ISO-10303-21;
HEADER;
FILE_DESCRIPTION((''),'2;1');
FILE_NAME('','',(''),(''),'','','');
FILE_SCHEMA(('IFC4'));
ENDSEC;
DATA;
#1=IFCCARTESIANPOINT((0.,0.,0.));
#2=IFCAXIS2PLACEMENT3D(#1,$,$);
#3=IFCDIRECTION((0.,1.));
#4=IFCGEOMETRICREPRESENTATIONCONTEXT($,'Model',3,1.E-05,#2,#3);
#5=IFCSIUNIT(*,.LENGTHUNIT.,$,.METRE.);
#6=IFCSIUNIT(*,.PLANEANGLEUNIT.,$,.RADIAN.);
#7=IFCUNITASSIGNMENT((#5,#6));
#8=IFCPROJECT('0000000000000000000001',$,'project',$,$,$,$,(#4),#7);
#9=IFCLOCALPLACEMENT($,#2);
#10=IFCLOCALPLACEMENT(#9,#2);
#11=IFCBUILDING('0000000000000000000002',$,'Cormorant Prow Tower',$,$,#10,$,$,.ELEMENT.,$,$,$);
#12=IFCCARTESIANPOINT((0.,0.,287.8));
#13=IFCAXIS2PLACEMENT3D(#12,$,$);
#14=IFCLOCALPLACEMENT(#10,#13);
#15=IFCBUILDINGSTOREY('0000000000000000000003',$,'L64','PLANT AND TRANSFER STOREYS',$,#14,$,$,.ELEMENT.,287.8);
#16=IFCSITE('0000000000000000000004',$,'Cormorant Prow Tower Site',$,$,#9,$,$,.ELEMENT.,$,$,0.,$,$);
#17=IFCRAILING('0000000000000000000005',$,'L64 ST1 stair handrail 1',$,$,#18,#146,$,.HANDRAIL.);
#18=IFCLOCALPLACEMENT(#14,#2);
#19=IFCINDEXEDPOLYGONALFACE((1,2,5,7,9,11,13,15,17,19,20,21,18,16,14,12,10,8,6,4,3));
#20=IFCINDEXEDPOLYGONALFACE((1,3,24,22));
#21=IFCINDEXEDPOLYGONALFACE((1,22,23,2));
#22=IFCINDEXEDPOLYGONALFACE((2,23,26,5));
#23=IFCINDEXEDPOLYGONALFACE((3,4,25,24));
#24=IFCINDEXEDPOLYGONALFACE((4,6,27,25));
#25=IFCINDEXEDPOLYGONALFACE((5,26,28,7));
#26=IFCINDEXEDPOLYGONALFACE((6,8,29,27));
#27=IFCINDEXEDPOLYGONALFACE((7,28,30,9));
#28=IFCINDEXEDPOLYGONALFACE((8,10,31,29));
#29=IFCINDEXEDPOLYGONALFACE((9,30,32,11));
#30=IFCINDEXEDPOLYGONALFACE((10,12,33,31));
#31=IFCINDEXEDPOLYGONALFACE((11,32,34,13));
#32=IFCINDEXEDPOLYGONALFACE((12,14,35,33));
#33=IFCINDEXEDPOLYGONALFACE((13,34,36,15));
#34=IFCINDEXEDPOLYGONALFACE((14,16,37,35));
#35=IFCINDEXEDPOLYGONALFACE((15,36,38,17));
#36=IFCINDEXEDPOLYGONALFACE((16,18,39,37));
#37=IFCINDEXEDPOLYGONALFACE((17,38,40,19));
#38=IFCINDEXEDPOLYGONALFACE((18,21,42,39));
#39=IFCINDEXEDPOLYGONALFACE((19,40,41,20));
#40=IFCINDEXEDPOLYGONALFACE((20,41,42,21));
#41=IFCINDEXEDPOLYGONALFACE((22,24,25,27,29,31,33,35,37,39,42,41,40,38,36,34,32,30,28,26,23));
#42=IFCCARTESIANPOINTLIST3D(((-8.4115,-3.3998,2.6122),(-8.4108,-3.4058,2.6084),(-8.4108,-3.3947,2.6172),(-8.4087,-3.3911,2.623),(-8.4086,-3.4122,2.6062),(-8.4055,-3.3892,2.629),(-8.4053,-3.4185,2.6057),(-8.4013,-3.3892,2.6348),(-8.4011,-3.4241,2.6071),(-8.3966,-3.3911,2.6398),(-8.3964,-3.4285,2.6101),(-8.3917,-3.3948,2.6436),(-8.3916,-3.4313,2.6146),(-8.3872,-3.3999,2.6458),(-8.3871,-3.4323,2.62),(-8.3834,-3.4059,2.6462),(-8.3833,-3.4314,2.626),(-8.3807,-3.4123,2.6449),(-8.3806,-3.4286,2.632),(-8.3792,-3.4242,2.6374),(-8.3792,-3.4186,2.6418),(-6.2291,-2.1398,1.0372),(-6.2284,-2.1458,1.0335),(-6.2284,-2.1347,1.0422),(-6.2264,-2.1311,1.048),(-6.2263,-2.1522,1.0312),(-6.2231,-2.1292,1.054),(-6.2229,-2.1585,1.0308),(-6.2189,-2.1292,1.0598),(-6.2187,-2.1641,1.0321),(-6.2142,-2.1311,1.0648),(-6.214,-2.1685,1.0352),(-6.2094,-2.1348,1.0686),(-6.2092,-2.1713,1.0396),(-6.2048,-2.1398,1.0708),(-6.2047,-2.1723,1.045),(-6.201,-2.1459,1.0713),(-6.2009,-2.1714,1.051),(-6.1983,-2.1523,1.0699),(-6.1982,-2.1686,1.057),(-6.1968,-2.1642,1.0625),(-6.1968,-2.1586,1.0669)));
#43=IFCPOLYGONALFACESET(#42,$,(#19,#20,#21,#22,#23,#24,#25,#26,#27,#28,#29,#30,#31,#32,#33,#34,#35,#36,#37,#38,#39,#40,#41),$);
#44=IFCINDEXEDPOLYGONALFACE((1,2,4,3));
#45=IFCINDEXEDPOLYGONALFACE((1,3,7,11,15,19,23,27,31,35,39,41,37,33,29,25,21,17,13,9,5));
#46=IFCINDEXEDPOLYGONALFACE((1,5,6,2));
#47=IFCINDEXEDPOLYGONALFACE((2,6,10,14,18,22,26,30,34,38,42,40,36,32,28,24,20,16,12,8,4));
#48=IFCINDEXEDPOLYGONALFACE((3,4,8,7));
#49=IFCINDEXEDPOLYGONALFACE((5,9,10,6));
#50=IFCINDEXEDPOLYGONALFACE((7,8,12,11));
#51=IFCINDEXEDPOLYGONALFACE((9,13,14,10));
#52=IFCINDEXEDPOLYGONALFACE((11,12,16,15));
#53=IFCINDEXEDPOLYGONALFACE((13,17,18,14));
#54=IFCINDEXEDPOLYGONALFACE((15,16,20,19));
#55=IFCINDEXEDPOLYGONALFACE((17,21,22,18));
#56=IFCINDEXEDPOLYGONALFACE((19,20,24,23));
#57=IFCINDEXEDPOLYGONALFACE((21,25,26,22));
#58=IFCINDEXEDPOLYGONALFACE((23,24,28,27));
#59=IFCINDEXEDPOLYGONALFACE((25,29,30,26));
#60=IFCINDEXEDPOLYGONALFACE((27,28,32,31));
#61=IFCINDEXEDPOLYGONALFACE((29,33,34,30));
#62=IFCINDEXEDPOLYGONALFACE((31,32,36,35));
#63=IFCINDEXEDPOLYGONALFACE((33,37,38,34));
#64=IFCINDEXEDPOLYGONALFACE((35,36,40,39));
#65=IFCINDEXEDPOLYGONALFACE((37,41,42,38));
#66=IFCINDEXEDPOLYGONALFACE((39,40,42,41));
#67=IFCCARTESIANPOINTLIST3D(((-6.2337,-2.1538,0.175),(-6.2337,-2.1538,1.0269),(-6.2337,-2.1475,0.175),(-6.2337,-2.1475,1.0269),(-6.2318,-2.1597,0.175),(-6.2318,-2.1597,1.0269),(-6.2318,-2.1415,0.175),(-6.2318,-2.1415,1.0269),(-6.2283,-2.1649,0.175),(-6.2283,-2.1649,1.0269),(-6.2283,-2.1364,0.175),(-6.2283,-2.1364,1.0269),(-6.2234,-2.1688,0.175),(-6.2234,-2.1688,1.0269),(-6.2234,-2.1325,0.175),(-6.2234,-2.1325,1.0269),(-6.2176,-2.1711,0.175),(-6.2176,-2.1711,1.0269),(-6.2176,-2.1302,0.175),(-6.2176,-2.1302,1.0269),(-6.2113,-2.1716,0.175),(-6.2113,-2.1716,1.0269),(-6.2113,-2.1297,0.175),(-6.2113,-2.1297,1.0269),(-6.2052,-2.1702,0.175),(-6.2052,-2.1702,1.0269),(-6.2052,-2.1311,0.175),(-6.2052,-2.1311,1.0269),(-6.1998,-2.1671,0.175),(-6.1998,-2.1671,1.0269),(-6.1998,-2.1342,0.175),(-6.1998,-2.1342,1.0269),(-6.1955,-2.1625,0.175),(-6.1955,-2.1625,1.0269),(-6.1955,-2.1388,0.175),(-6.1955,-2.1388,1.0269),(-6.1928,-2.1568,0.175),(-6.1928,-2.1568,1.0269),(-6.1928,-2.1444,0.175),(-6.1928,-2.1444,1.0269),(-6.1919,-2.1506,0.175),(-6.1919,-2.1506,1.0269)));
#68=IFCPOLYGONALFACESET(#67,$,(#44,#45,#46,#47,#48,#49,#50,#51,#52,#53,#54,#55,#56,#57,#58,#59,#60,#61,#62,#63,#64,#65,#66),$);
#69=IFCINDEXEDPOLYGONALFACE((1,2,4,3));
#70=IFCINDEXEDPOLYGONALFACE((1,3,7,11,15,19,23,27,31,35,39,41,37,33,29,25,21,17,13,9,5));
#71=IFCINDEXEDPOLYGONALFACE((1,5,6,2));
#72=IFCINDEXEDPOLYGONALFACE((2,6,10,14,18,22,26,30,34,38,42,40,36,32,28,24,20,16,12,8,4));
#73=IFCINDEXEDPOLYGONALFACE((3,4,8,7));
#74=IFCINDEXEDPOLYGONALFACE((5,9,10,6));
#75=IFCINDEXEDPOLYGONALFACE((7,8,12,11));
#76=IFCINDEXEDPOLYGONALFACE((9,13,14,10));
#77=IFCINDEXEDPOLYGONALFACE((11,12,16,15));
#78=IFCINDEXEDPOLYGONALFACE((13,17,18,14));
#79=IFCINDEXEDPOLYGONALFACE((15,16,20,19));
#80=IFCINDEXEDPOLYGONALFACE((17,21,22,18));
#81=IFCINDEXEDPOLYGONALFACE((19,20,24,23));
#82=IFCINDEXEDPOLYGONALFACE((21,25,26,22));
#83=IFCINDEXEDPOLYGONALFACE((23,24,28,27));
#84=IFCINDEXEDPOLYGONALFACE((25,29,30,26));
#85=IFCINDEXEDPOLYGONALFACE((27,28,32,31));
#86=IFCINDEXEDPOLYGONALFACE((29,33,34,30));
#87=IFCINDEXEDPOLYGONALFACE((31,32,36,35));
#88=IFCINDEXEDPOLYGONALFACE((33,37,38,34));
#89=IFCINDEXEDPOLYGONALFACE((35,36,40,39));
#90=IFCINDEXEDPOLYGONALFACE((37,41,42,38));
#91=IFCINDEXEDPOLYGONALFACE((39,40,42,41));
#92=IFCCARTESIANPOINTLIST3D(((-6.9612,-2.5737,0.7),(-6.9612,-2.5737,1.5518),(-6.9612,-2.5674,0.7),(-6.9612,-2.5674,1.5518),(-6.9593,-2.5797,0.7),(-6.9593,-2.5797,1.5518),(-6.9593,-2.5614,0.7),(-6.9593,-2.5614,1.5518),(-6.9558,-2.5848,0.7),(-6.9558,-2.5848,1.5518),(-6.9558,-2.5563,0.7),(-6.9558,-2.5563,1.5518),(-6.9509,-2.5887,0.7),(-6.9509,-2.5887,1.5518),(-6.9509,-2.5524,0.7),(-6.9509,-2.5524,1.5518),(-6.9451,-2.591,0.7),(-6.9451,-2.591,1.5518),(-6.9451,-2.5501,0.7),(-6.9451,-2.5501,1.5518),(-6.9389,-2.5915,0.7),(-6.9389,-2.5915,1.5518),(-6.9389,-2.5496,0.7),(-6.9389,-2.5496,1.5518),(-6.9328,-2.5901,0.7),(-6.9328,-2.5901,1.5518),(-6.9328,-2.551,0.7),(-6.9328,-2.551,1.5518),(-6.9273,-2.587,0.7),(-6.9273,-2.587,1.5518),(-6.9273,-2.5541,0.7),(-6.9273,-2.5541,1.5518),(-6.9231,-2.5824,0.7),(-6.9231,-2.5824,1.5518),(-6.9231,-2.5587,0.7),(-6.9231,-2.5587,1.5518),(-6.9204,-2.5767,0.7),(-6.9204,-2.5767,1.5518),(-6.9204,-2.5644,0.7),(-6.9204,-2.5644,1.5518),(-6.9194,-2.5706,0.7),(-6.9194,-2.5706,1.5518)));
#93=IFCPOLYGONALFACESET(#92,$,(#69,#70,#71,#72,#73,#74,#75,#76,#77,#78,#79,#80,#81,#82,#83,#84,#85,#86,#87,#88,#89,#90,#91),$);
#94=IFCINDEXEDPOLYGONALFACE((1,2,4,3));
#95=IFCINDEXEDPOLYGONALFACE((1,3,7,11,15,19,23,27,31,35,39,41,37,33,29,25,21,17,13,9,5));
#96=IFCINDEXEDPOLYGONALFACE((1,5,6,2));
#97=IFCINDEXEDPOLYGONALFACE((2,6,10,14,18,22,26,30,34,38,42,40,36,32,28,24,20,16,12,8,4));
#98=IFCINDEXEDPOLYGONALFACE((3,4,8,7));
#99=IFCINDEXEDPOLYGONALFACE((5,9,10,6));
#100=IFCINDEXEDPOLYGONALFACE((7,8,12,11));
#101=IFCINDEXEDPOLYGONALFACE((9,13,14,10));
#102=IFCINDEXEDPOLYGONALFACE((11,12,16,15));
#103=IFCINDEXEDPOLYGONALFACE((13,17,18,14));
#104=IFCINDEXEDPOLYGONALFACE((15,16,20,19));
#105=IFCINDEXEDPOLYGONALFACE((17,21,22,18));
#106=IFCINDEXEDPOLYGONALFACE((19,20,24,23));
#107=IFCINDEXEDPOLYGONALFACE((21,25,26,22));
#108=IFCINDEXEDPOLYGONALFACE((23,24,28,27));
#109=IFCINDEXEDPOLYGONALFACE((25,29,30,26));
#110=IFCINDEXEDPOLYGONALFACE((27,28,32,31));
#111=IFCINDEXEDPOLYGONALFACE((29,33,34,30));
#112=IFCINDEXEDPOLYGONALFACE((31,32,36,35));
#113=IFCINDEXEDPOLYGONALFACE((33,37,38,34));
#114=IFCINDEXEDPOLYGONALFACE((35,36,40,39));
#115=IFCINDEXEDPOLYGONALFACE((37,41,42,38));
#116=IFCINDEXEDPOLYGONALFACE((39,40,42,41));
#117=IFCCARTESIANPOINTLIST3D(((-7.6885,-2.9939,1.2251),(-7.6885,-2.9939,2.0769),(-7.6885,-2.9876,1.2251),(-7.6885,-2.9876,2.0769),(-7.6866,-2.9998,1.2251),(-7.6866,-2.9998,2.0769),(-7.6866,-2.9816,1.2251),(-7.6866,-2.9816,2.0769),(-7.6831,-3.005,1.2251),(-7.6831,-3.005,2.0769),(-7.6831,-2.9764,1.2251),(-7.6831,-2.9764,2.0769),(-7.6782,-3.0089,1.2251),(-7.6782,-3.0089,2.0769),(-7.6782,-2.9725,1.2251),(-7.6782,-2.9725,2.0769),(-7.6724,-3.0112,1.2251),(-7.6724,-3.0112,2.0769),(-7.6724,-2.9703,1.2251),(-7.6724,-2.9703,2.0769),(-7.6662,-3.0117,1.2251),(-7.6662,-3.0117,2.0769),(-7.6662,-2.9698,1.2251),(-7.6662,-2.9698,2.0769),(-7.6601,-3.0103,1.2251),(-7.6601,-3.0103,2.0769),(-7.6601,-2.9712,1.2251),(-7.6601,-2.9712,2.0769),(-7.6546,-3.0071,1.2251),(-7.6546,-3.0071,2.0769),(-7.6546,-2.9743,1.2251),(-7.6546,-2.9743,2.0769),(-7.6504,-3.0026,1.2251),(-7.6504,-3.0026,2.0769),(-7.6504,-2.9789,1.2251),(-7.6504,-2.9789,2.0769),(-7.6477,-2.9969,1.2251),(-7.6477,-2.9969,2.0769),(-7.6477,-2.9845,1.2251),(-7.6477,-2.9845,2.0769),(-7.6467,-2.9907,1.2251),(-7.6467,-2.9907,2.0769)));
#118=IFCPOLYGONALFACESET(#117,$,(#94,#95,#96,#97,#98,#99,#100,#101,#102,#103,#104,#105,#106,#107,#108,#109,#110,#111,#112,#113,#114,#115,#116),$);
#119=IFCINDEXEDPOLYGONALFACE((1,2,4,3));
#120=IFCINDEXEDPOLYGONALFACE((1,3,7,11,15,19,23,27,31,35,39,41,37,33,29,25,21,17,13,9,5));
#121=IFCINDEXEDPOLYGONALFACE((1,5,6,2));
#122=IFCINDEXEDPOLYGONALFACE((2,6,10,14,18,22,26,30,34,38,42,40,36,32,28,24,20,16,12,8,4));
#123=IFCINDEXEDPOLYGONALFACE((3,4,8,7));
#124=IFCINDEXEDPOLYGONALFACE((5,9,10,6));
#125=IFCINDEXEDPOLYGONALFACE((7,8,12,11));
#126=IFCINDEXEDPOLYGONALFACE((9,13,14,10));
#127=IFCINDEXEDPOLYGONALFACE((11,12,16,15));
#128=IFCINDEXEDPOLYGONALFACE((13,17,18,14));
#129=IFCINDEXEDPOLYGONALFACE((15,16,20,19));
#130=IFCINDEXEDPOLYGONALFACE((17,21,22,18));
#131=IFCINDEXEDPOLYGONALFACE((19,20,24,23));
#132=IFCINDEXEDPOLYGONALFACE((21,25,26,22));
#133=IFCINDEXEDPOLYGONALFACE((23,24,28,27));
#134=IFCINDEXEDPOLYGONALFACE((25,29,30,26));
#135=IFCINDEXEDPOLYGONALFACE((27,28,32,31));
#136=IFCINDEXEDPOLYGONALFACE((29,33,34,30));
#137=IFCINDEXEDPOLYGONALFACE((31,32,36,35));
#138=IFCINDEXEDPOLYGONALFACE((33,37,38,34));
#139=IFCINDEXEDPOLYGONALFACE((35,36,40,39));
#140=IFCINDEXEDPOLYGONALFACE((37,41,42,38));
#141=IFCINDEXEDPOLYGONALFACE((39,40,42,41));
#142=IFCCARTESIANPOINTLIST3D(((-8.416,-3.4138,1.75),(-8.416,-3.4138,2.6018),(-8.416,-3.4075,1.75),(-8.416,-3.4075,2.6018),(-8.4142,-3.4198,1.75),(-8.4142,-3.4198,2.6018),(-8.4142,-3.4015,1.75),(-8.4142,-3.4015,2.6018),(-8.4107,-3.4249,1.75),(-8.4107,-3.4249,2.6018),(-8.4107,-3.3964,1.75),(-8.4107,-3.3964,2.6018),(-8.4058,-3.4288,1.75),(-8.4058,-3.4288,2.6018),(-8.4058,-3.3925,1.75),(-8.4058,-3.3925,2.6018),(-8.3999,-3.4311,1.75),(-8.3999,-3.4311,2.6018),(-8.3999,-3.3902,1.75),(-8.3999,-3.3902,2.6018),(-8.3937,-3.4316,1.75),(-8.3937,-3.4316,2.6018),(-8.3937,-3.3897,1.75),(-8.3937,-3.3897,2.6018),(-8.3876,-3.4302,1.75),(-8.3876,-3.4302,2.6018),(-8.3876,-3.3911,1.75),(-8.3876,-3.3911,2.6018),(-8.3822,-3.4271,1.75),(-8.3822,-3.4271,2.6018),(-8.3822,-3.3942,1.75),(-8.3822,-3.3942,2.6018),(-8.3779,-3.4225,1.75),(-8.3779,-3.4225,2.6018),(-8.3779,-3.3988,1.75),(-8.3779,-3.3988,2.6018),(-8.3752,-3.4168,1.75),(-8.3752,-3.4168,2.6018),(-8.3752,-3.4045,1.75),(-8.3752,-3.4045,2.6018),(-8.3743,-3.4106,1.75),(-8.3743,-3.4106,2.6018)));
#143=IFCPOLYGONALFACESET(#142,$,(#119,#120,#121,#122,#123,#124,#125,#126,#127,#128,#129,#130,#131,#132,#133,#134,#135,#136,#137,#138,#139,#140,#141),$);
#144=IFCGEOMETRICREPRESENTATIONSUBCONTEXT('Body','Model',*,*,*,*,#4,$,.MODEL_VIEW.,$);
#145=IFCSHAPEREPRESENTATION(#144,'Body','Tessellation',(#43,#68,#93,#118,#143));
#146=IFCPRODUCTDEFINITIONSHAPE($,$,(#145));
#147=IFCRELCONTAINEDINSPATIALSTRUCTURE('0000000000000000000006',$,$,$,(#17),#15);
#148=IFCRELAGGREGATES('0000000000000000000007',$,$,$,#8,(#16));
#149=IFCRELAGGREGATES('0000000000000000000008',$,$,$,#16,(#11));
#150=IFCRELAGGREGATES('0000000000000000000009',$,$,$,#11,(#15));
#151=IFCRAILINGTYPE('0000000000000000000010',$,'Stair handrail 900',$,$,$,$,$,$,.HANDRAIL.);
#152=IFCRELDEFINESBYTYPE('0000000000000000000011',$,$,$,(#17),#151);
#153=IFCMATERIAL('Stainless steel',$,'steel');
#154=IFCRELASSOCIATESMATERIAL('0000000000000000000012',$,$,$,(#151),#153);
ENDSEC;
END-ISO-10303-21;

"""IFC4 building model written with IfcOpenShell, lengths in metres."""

from ifc_helpers import new_model, si_unit, direction, frame, origin, origin_2d, place, context, subcontext, project, spatial, circle, extrude, material, type_object, element, save


model = new_model("IFC4")

# Units and contexts
model_context = context("Model", 3, precision=1e-05, world=origin(), true_north=direction((0.0, 1.0)))
body_context = subcontext(model_context, "Body", "Model", "MODEL_VIEW")
ifc_project = project(units=[si_unit("LENGTHUNIT", "METRE"), si_unit("PLANEANGLEUNIT", "RADIAN")], contexts=[model_context])

# Site, building, storey
site_placement = place(None, origin())
site = spatial("IfcSite", under=ifc_project, at=site_placement, Name="Cormorant Prow Tower Site", CompositionType="ELEMENT", RefElevation=0.0)
building_placement = place(site_placement, origin())
building = spatial("IfcBuilding", under=site, at=building_placement, Name="Cormorant Prow Tower", CompositionType="ELEMENT")
storey_placement = place(building_placement, frame((0.0, 0.0, 287.8)))
storey = spatial("IfcBuildingStorey", under=building, at=storey_placement, Name="L64", Description="PLANT AND TRANSFER STOREYS", CompositionType="ELEMENT", Elevation=287.8)

# Railing
ifc_material_1 = material(Name="Stainless steel", Category="steel")
railing_type_1 = type_object("IfcRailingType", Name="Stair handrail 900", PredefinedType="HANDRAIL", material=ifc_material_1)
for number, where, name in (
    (1, (-6.2129, -2.1506, 0.175), "L64 ST1 stair handrail 1"),
):
    element("IfcRailing", number, at=place(storey_placement, frame(where)), inside=storey, type_object=railing_type_1, Name=name, PredefinedType="HANDRAIL", context=body_context, shape_type="SweptSolid", body=[
        extrude(circle(Radius=0.0239, at=origin_2d()), frame((0.0, 0.0, 0.876), z_axis=(-0.734392, -0.424007, 0.529988), x_axis=(0.500005, -0.866023, 0.0)), (0.0, 0.0, 1.0), 2.9717),
        extrude(circle(Radius=0.021, at=origin_2d()), origin(), (0.0, 0.0, 1.0), 0.8518),
        extrude(circle(Radius=0.021, at=origin_2d()), frame((-0.7275, -0.4199, 0.5249)), (0.0, 0.0, 1.0), 0.8518),
        extrude(circle(Radius=0.021, at=origin_2d()), frame((-1.4548, -0.8401, 1.05)), (0.0, 0.0, 1.0), 0.8518),
        extrude(circle(Radius=0.021, at=origin_2d()), frame((-2.1824, -1.26, 1.575)), (0.0, 0.0, 1.0), 0.8518),
    ])

save(model, "model.ifc")
